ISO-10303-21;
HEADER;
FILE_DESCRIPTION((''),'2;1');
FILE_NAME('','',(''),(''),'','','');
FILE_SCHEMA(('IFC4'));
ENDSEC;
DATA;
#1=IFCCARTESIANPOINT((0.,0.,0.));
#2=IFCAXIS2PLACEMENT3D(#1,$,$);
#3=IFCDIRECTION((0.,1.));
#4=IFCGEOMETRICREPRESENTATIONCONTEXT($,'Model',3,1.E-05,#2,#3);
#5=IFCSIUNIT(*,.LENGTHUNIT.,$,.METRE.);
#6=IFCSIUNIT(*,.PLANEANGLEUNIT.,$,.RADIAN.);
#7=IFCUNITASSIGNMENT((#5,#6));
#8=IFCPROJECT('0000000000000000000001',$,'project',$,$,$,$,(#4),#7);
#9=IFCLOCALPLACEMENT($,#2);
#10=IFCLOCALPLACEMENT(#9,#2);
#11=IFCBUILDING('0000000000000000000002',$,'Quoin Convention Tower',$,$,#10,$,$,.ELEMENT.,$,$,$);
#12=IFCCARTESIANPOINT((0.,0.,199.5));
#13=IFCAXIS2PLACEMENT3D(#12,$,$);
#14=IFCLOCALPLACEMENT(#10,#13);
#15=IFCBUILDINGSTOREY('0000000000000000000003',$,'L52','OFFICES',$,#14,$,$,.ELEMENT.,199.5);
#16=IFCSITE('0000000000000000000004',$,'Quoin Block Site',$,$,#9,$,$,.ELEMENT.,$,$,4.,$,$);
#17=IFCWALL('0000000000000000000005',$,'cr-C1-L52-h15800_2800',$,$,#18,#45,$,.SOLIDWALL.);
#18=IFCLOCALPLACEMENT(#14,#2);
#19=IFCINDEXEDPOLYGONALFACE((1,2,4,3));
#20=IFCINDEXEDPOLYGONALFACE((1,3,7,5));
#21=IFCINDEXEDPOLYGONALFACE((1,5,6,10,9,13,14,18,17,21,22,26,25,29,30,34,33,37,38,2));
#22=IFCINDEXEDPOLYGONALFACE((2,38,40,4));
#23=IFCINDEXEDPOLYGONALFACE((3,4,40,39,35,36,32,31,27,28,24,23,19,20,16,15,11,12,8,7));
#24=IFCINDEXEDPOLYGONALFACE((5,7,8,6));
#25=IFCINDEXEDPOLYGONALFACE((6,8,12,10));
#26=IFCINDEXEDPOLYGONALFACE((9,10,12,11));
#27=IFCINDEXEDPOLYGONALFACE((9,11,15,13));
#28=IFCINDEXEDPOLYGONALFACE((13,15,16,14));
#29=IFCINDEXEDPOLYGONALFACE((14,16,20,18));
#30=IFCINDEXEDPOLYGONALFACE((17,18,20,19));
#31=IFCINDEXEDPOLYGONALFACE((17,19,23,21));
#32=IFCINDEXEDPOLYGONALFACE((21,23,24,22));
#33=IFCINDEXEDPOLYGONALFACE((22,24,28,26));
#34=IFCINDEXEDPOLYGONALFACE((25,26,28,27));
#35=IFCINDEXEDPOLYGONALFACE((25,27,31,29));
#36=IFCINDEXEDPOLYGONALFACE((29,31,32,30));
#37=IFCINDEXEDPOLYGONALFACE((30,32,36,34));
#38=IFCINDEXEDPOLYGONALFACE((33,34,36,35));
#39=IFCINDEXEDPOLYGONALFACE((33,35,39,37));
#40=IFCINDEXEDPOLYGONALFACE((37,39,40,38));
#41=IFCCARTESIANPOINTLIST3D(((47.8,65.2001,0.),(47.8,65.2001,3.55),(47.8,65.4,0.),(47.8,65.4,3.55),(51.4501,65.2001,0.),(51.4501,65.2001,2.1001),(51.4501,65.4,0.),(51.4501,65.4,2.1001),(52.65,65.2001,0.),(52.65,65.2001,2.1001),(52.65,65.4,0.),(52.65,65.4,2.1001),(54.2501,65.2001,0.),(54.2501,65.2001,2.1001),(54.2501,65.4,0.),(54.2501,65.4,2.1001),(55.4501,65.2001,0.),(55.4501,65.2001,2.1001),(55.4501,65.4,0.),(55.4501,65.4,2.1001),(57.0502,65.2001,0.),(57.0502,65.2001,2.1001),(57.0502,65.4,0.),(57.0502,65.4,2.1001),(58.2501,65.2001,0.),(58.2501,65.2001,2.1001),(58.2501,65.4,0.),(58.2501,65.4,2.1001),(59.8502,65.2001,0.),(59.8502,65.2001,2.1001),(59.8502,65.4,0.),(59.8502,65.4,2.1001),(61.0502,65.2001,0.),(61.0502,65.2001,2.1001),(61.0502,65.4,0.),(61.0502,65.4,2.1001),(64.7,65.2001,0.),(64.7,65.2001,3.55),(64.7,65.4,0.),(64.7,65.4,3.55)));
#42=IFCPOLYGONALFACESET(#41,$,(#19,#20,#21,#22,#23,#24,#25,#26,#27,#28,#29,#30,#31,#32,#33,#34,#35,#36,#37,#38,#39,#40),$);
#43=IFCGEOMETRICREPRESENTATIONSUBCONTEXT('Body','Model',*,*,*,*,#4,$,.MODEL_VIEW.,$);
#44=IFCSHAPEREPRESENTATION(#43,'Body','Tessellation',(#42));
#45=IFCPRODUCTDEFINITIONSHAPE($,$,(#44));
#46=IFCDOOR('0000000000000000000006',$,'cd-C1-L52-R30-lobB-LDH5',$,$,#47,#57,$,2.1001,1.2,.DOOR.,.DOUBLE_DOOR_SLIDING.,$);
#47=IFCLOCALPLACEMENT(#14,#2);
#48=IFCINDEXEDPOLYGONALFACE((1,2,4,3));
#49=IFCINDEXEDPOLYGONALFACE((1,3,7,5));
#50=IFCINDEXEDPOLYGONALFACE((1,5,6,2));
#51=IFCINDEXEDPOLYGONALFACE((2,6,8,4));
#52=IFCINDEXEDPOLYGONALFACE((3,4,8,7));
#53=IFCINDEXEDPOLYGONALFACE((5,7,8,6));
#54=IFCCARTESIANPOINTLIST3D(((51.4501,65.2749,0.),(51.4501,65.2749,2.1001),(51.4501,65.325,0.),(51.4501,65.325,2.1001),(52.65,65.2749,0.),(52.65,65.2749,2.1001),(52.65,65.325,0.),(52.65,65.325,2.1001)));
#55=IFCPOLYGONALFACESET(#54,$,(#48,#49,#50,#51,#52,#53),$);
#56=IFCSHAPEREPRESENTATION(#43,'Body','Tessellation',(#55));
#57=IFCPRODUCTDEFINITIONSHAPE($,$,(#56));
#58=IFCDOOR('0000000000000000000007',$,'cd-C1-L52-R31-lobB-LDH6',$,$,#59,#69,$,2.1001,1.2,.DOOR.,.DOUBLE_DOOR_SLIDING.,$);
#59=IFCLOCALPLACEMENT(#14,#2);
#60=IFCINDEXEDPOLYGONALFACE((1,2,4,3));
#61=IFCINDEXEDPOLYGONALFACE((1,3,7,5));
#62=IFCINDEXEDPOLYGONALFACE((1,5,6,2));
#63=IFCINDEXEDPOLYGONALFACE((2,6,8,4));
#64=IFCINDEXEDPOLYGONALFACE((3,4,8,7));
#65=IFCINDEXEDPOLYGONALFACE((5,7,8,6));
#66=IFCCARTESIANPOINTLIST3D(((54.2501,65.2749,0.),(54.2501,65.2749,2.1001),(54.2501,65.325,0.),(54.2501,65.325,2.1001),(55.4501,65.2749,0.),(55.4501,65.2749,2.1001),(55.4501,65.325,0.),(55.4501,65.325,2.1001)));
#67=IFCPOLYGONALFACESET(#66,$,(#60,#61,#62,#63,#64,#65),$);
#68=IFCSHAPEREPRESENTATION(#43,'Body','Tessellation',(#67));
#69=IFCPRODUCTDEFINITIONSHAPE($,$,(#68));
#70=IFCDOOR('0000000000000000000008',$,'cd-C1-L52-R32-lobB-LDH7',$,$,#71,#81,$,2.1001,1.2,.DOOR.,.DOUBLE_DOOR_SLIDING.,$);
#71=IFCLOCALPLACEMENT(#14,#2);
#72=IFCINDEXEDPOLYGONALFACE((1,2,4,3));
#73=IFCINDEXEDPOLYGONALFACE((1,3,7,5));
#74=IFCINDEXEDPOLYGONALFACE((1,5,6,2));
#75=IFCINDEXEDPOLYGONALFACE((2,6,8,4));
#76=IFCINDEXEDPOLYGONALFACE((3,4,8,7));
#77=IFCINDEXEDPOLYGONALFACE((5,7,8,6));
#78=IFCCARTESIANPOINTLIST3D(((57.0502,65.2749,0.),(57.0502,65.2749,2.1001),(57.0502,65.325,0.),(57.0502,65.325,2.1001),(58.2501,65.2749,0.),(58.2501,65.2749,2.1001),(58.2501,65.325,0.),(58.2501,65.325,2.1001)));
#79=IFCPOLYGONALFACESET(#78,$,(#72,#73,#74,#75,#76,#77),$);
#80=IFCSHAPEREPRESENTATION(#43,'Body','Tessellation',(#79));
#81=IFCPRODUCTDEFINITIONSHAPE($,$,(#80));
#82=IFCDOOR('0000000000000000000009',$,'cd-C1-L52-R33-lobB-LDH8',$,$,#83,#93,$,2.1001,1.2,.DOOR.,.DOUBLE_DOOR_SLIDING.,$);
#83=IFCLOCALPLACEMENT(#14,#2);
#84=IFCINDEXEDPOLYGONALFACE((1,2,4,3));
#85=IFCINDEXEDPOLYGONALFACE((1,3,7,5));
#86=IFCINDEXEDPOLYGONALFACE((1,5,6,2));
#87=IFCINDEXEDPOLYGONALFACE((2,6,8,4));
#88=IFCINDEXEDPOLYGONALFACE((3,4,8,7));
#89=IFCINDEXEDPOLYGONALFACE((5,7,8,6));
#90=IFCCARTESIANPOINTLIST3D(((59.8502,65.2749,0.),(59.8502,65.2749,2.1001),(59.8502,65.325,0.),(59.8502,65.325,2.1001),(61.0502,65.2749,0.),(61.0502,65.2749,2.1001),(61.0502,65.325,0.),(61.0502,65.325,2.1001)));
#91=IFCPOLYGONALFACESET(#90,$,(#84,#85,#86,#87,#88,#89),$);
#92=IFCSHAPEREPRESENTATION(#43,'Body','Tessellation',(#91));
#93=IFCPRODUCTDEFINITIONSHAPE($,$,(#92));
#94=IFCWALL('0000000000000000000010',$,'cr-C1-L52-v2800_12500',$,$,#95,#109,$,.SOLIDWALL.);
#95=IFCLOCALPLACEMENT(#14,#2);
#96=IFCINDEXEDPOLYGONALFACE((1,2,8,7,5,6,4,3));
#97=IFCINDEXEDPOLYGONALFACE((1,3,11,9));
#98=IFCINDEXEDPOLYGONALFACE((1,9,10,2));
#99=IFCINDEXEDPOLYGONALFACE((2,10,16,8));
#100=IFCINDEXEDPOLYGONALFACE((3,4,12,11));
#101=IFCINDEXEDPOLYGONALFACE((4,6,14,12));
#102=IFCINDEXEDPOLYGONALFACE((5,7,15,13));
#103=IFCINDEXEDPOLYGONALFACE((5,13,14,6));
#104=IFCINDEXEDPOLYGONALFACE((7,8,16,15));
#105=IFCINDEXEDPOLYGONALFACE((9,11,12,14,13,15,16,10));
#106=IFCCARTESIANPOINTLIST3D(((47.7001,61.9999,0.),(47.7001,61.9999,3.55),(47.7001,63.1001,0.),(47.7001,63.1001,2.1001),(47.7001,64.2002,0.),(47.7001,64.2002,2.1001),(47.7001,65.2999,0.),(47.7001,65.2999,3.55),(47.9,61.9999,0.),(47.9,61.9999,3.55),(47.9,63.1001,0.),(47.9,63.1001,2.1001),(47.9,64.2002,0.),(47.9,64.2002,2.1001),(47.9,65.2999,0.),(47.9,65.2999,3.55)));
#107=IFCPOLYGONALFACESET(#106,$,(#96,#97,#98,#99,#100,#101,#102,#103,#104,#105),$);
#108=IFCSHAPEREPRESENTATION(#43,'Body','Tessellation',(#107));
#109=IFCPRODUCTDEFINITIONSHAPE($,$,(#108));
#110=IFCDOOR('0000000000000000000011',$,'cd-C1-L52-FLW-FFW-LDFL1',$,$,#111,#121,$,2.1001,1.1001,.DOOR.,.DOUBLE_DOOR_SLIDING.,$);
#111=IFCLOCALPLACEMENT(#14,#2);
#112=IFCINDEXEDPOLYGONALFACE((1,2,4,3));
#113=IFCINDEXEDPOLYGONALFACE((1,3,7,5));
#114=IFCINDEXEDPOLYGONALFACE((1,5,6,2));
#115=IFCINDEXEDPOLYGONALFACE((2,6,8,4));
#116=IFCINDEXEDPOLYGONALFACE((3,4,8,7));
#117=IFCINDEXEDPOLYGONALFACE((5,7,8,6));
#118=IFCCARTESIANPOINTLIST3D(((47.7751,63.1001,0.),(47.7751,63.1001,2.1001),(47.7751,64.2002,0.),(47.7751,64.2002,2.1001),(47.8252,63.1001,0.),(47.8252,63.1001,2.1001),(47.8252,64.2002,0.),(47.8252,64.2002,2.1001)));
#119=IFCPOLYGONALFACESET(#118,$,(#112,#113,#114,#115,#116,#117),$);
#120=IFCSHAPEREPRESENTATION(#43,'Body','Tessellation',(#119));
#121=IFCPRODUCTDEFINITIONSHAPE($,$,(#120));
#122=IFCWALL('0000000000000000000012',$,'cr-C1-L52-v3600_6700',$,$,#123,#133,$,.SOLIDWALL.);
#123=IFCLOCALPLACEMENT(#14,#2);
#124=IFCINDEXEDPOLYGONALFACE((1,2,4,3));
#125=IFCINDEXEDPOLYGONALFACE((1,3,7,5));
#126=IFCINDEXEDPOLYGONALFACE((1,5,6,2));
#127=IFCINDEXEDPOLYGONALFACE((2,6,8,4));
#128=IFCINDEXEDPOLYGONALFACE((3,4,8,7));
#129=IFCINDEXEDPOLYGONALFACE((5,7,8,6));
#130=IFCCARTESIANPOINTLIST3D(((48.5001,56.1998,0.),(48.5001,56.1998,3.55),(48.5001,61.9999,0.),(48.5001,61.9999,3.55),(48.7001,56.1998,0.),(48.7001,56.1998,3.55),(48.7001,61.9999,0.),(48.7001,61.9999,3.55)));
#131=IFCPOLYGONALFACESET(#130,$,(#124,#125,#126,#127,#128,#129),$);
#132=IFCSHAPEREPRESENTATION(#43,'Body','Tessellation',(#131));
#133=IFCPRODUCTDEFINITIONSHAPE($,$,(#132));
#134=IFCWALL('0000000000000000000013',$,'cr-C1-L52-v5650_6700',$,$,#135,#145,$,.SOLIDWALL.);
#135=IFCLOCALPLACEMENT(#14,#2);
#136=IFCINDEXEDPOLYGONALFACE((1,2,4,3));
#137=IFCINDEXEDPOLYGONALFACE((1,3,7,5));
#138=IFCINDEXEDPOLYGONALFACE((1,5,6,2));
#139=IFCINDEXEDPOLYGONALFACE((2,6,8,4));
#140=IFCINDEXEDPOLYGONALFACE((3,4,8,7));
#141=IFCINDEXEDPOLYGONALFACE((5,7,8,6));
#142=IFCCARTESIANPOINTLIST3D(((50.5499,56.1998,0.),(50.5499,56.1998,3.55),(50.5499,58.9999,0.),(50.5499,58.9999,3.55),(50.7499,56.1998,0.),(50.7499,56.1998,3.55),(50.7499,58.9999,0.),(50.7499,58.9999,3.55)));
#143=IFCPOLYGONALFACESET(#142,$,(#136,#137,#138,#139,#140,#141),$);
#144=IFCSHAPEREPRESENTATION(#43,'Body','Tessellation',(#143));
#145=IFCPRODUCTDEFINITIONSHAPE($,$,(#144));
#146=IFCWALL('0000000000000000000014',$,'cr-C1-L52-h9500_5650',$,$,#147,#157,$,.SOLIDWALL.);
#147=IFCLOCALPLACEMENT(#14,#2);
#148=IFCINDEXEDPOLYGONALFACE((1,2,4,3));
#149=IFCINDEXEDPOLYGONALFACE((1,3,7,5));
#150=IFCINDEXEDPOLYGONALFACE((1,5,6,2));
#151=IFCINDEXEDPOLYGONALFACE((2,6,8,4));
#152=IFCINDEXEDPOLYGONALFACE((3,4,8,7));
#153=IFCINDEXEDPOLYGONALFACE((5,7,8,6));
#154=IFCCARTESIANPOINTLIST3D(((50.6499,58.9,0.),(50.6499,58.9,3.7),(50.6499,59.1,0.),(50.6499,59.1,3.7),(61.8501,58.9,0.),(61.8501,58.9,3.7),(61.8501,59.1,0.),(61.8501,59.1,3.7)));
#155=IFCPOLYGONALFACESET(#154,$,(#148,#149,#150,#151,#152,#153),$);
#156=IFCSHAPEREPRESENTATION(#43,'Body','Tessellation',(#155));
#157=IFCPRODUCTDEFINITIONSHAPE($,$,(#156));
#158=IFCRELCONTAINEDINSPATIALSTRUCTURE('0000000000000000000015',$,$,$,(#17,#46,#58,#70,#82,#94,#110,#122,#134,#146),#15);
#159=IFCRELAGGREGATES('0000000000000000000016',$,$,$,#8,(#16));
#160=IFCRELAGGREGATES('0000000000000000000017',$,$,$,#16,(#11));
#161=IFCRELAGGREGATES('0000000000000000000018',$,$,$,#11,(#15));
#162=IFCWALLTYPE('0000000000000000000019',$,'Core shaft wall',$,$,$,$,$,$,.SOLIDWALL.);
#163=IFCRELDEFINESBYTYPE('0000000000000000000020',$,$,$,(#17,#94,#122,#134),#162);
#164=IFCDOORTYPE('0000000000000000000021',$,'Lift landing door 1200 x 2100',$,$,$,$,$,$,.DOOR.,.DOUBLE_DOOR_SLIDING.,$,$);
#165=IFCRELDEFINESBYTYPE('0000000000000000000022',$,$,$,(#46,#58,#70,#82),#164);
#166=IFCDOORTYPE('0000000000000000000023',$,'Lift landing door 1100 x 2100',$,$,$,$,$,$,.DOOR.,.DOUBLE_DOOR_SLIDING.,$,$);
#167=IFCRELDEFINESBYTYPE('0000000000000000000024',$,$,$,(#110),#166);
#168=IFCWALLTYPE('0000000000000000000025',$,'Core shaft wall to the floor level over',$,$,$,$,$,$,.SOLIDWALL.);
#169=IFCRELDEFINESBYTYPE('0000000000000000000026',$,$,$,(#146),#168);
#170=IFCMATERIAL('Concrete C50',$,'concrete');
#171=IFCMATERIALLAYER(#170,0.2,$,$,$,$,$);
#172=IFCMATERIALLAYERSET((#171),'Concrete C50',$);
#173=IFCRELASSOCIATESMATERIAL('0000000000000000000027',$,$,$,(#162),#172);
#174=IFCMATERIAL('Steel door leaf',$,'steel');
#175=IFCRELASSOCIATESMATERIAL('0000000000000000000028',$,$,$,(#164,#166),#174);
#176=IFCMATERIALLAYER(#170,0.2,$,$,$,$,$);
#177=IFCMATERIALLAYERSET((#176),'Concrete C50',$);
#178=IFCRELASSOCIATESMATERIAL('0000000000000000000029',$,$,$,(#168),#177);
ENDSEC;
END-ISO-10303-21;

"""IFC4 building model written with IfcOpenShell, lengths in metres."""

from ifc_helpers import new_model, si_unit, direction, frame, frame_2d, origin, place, context, subcontext, project, spatial, rectangle, extrude, material, layer, layer_set, type_object, element, fill, save


model = new_model("IFC4")

# Units and contexts
model_context = context("Model", 3, precision=1e-05, world=origin(), true_north=direction((0.0, 1.0)))
body_context = subcontext(model_context, "Body", "Model", "MODEL_VIEW")
ifc_project = project(units=[si_unit("LENGTHUNIT", "METRE"), si_unit("PLANEANGLEUNIT", "RADIAN")], contexts=[model_context])

# Site, building, storey
site_placement = place(None, origin())
site = spatial("IfcSite", under=ifc_project, at=site_placement, Name="Quoin Block Site", CompositionType="ELEMENT", RefElevation=4.0)
building_placement = place(site_placement, origin())
building = spatial("IfcBuilding", under=site, at=building_placement, Name="Quoin Convention Tower", CompositionType="ELEMENT")
storey_placement = place(building_placement, frame((0.0, 0.0, 199.5)))
storey = spatial("IfcBuildingStorey", under=building, at=storey_placement, Name="L52", Description="OFFICES", CompositionType="ELEMENT", Elevation=199.5)

# Wall, openings, doors
ifc_material_1 = material(Name="Steel door leaf", Category="steel")
ifc_material_2 = material(Name="Concrete C50", Category="concrete")
ifc_layer_1 = layer(ifc_material_2, 0.2)
ifc_layer_set_1 = layer_set([ifc_layer_1], Name="Concrete C50")
wall_type_1 = type_object("IfcWallType", Name="Core shaft wall", PredefinedType="SOLIDWALL", material=ifc_layer_set_1)
door_type_1 = type_object("IfcDoorType", Name="Lift landing door 1200 x 2100", OperationType="DOUBLE_DOOR_SLIDING", PredefinedType="DOOR", material=ifc_material_1)
wall_1_placement = place(storey_placement, frame((47.8, 65.3, 0.0), z_axis=(0.0, 0.0, 1.0), x_axis=(1.0, 0.0, 0.0)))
wall_1 = element("IfcWall", 1, at=wall_1_placement, inside=storey, type_object=wall_type_1, Name="cr-C1-L52-h15800_2800", PredefinedType="SOLIDWALL", context=body_context, shape_type="SweptSolid", body=[
    extrude(rectangle(XDim=16.8999, YDim=0.2, at=frame_2d((8.45, 0.0))), origin(), (0.0, 0.0, 1.0), 3.55),
])
opening_1_placement = place(wall_1_placement, frame((3.6499, 0.0, 0.0)))
opening_1 = element("IfcOpeningElement", 2, at=opening_1_placement, cuts=wall_1, PredefinedType="OPENING", context=body_context, shape_type="SweptSolid", body=[
    extrude(rectangle(XDim=1.2, YDim=2.1001, at=frame_2d((0.6001, 1.05))), frame((0.0, 0.1099, 0.0), z_axis=(0.0, -1.0, 0.0), x_axis=(1.0, 0.0, 0.0)), (0.0, 0.0, 1.0), 0.22),
])
opening_2_placement = place(wall_1_placement, frame((6.45, 0.0, 0.0)))
opening_2 = element("IfcOpeningElement", 3, at=opening_2_placement, cuts=wall_1, PredefinedType="OPENING", context=body_context, shape_type="SweptSolid", body=[
    extrude(rectangle(XDim=1.2, YDim=2.1001, at=frame_2d((0.6001, 1.05))), frame((0.0, 0.1099, 0.0), z_axis=(0.0, -1.0, 0.0), x_axis=(1.0, 0.0, 0.0)), (0.0, 0.0, 1.0), 0.22),
])
opening_3_placement = place(wall_1_placement, frame((9.25, 0.0, 0.0)))
opening_3 = element("IfcOpeningElement", 4, at=opening_3_placement, cuts=wall_1, PredefinedType="OPENING", context=body_context, shape_type="SweptSolid", body=[
    extrude(rectangle(XDim=1.2, YDim=2.1001, at=frame_2d((0.6001, 1.05))), frame((0.0, 0.1099, 0.0), z_axis=(0.0, -1.0, 0.0), x_axis=(1.0, 0.0, 0.0)), (0.0, 0.0, 1.0), 0.22),
])
opening_4_placement = place(wall_1_placement, frame((12.05, 0.0, 0.0)))
opening_4 = element("IfcOpeningElement", 5, at=opening_4_placement, cuts=wall_1, PredefinedType="OPENING", context=body_context, shape_type="SweptSolid", body=[
    extrude(rectangle(XDim=1.2, YDim=2.1001, at=frame_2d((0.6001, 1.05))), frame((0.0, 0.1099, 0.0), z_axis=(0.0, -1.0, 0.0), x_axis=(1.0, 0.0, 0.0)), (0.0, 0.0, 1.0), 0.22),
])
door_1_placement = place(opening_1_placement, origin())
door_1 = element("IfcDoor", 6, at=door_1_placement, inside=storey, type_object=door_type_1, Name="cd-C1-L52-R30-lobB-LDH5", OperationType="DOUBLE_DOOR_SLIDING", OverallHeight=2.1001, OverallWidth=1.2, PredefinedType="DOOR", context=body_context, shape_type="SweptSolid", body=[
    extrude(rectangle(XDim=1.2, YDim=2.1001, at=frame_2d((0.6001, 1.05))), frame((0.0, 0.0249, 0.0), z_axis=(0.0, -1.0, 0.0), x_axis=(1.0, 0.0, 0.0)), (0.0, 0.0, 1.0), 0.05),
])
fill(opening_1, door_1)
door_2_placement = place(opening_2_placement, origin())
door_2 = element("IfcDoor", 7, at=door_2_placement, inside=storey, type_object=door_type_1, Name="cd-C1-L52-R31-lobB-LDH6", OperationType="DOUBLE_DOOR_SLIDING", OverallHeight=2.1001, OverallWidth=1.2, PredefinedType="DOOR", context=body_context, shape_type="SweptSolid", body=[
    extrude(rectangle(XDim=1.2, YDim=2.1001, at=frame_2d((0.6001, 1.05))), frame((0.0, 0.0249, 0.0), z_axis=(0.0, -1.0, 0.0), x_axis=(1.0, 0.0, 0.0)), (0.0, 0.0, 1.0), 0.05),
])
fill(opening_2, door_2)
door_3_placement = place(opening_3_placement, origin())
door_3 = element("IfcDoor", 8, at=door_3_placement, inside=storey, type_object=door_type_1, Name="cd-C1-L52-R32-lobB-LDH7", OperationType="DOUBLE_DOOR_SLIDING", OverallHeight=2.1001, OverallWidth=1.2, PredefinedType="DOOR", context=body_context, shape_type="SweptSolid", body=[
    extrude(rectangle(XDim=1.2, YDim=2.1001, at=frame_2d((0.6001, 1.05))), frame((0.0, 0.0249, 0.0), z_axis=(0.0, -1.0, 0.0), x_axis=(1.0, 0.0, 0.0)), (0.0, 0.0, 1.0), 0.05),
])
fill(opening_3, door_3)
door_4_placement = place(opening_4_placement, origin())
door_4 = element("IfcDoor", 9, at=door_4_placement, inside=storey, type_object=door_type_1, Name="cd-C1-L52-R33-lobB-LDH8", OperationType="DOUBLE_DOOR_SLIDING", OverallHeight=2.1001, OverallWidth=1.2, PredefinedType="DOOR", context=body_context, shape_type="SweptSolid", body=[
    extrude(rectangle(XDim=1.2, YDim=2.1001, at=frame_2d((0.6001, 1.05))), frame((0.0, 0.0249, 0.0), z_axis=(0.0, -1.0, 0.0), x_axis=(1.0, 0.0, 0.0)), (0.0, 0.0, 1.0), 0.05),
])
fill(opening_4, door_4)

# Wall, opening, door
wall_2_placement = place(storey_placement, frame((47.8, 62.0, 0.0), z_axis=(0.0, 0.0, 1.0), x_axis=(0.0, 1.0, 0.0)))
wall_2 = element("IfcWall", 10, at=wall_2_placement, inside=storey, type_object=wall_type_1, Name="cr-C1-L52-v2800_12500", PredefinedType="SOLIDWALL", context=body_context, shape_type="SweptSolid", body=[
    extrude(rectangle(XDim=3.3, YDim=0.2, at=frame_2d((1.6499, 0.0))), origin(), (0.0, 0.0, 1.0), 3.55),
])
opening_5_placement = place(wall_2_placement, frame((1.1001, 0.0, 0.0)))
opening_5 = element("IfcOpeningElement", 11, at=opening_5_placement, cuts=wall_2, PredefinedType="OPENING", context=body_context, shape_type="SweptSolid", body=[
    extrude(rectangle(XDim=1.1001, YDim=2.1001, at=frame_2d((0.55, 1.05))), frame((0.0, 0.1099, 0.0), z_axis=(0.0, -1.0, 0.0), x_axis=(1.0, 0.0, 0.0)), (0.0, 0.0, 1.0), 0.22),
])
door_type_2 = type_object("IfcDoorType", Name="Lift landing door 1100 x 2100", OperationType="DOUBLE_DOOR_SLIDING", PredefinedType="DOOR", material=ifc_material_1)
door_5_placement = place(opening_5_placement, origin())
door_5 = element("IfcDoor", 12, at=door_5_placement, inside=storey, type_object=door_type_2, Name="cd-C1-L52-FLW-FFW-LDFL1", OperationType="DOUBLE_DOOR_SLIDING", OverallHeight=2.1001, OverallWidth=1.1001, PredefinedType="DOOR", context=body_context, shape_type="SweptSolid", body=[
    extrude(rectangle(XDim=1.1001, YDim=2.1001, at=frame_2d((0.55, 1.05))), frame((0.0, 0.0249, 0.0), z_axis=(0.0, -1.0, 0.0), x_axis=(1.0, 0.0, 0.0)), (0.0, 0.0, 1.0), 0.05),
])
fill(opening_5, door_5)

# Walls
wall_3_placement = place(storey_placement, frame((48.6001, 56.2, 0.0), z_axis=(0.0, 0.0, 1.0), x_axis=(0.0, 1.0, 0.0)))
element("IfcWall", 13, at=wall_3_placement, inside=storey, type_object=wall_type_1, Name="cr-C1-L52-v3600_6700", PredefinedType="SOLIDWALL", context=body_context, shape_type="SweptSolid", body=[
    extrude(rectangle(XDim=5.8, YDim=0.2, at=frame_2d((2.8999, 0.0))), origin(), (0.0, 0.0, 1.0), 3.55),
])
wall_4_placement = place(storey_placement, frame((50.6499, 56.2, 0.0), z_axis=(0.0, 0.0, 1.0), x_axis=(0.0, 1.0, 0.0)))
element("IfcWall", 14, at=wall_4_placement, inside=storey, type_object=wall_type_1, Name="cr-C1-L52-v5650_6700", PredefinedType="SOLIDWALL", context=body_context, shape_type="SweptSolid", body=[
    extrude(rectangle(XDim=2.8, YDim=0.2, at=frame_2d((1.3999, 0.0))), origin(), (0.0, 0.0, 1.0), 3.55),
])
ifc_layer_2 = layer(ifc_material_2, 0.2)
ifc_layer_set_2 = layer_set([ifc_layer_2], Name="Concrete C50")
wall_type_2 = type_object("IfcWallType", Name="Core shaft wall to the floor level over", PredefinedType="SOLIDWALL", material=ifc_layer_set_2)
wall_5_placement = place(storey_placement, frame((50.6499, 59.0, 0.0), z_axis=(0.0, 0.0, 1.0), x_axis=(1.0, 0.0, 0.0)))
element("IfcWall", 15, at=wall_5_placement, inside=storey, type_object=wall_type_2, Name="cr-C1-L52-h9500_5650", PredefinedType="SOLIDWALL", context=body_context, shape_type="SweptSolid", body=[
    extrude(rectangle(XDim=11.2002, YDim=0.2, at=frame_2d((5.6001, 0.0))), origin(), (0.0, 0.0, 1.0), 3.7),
])

save(model, "model.ifc")
